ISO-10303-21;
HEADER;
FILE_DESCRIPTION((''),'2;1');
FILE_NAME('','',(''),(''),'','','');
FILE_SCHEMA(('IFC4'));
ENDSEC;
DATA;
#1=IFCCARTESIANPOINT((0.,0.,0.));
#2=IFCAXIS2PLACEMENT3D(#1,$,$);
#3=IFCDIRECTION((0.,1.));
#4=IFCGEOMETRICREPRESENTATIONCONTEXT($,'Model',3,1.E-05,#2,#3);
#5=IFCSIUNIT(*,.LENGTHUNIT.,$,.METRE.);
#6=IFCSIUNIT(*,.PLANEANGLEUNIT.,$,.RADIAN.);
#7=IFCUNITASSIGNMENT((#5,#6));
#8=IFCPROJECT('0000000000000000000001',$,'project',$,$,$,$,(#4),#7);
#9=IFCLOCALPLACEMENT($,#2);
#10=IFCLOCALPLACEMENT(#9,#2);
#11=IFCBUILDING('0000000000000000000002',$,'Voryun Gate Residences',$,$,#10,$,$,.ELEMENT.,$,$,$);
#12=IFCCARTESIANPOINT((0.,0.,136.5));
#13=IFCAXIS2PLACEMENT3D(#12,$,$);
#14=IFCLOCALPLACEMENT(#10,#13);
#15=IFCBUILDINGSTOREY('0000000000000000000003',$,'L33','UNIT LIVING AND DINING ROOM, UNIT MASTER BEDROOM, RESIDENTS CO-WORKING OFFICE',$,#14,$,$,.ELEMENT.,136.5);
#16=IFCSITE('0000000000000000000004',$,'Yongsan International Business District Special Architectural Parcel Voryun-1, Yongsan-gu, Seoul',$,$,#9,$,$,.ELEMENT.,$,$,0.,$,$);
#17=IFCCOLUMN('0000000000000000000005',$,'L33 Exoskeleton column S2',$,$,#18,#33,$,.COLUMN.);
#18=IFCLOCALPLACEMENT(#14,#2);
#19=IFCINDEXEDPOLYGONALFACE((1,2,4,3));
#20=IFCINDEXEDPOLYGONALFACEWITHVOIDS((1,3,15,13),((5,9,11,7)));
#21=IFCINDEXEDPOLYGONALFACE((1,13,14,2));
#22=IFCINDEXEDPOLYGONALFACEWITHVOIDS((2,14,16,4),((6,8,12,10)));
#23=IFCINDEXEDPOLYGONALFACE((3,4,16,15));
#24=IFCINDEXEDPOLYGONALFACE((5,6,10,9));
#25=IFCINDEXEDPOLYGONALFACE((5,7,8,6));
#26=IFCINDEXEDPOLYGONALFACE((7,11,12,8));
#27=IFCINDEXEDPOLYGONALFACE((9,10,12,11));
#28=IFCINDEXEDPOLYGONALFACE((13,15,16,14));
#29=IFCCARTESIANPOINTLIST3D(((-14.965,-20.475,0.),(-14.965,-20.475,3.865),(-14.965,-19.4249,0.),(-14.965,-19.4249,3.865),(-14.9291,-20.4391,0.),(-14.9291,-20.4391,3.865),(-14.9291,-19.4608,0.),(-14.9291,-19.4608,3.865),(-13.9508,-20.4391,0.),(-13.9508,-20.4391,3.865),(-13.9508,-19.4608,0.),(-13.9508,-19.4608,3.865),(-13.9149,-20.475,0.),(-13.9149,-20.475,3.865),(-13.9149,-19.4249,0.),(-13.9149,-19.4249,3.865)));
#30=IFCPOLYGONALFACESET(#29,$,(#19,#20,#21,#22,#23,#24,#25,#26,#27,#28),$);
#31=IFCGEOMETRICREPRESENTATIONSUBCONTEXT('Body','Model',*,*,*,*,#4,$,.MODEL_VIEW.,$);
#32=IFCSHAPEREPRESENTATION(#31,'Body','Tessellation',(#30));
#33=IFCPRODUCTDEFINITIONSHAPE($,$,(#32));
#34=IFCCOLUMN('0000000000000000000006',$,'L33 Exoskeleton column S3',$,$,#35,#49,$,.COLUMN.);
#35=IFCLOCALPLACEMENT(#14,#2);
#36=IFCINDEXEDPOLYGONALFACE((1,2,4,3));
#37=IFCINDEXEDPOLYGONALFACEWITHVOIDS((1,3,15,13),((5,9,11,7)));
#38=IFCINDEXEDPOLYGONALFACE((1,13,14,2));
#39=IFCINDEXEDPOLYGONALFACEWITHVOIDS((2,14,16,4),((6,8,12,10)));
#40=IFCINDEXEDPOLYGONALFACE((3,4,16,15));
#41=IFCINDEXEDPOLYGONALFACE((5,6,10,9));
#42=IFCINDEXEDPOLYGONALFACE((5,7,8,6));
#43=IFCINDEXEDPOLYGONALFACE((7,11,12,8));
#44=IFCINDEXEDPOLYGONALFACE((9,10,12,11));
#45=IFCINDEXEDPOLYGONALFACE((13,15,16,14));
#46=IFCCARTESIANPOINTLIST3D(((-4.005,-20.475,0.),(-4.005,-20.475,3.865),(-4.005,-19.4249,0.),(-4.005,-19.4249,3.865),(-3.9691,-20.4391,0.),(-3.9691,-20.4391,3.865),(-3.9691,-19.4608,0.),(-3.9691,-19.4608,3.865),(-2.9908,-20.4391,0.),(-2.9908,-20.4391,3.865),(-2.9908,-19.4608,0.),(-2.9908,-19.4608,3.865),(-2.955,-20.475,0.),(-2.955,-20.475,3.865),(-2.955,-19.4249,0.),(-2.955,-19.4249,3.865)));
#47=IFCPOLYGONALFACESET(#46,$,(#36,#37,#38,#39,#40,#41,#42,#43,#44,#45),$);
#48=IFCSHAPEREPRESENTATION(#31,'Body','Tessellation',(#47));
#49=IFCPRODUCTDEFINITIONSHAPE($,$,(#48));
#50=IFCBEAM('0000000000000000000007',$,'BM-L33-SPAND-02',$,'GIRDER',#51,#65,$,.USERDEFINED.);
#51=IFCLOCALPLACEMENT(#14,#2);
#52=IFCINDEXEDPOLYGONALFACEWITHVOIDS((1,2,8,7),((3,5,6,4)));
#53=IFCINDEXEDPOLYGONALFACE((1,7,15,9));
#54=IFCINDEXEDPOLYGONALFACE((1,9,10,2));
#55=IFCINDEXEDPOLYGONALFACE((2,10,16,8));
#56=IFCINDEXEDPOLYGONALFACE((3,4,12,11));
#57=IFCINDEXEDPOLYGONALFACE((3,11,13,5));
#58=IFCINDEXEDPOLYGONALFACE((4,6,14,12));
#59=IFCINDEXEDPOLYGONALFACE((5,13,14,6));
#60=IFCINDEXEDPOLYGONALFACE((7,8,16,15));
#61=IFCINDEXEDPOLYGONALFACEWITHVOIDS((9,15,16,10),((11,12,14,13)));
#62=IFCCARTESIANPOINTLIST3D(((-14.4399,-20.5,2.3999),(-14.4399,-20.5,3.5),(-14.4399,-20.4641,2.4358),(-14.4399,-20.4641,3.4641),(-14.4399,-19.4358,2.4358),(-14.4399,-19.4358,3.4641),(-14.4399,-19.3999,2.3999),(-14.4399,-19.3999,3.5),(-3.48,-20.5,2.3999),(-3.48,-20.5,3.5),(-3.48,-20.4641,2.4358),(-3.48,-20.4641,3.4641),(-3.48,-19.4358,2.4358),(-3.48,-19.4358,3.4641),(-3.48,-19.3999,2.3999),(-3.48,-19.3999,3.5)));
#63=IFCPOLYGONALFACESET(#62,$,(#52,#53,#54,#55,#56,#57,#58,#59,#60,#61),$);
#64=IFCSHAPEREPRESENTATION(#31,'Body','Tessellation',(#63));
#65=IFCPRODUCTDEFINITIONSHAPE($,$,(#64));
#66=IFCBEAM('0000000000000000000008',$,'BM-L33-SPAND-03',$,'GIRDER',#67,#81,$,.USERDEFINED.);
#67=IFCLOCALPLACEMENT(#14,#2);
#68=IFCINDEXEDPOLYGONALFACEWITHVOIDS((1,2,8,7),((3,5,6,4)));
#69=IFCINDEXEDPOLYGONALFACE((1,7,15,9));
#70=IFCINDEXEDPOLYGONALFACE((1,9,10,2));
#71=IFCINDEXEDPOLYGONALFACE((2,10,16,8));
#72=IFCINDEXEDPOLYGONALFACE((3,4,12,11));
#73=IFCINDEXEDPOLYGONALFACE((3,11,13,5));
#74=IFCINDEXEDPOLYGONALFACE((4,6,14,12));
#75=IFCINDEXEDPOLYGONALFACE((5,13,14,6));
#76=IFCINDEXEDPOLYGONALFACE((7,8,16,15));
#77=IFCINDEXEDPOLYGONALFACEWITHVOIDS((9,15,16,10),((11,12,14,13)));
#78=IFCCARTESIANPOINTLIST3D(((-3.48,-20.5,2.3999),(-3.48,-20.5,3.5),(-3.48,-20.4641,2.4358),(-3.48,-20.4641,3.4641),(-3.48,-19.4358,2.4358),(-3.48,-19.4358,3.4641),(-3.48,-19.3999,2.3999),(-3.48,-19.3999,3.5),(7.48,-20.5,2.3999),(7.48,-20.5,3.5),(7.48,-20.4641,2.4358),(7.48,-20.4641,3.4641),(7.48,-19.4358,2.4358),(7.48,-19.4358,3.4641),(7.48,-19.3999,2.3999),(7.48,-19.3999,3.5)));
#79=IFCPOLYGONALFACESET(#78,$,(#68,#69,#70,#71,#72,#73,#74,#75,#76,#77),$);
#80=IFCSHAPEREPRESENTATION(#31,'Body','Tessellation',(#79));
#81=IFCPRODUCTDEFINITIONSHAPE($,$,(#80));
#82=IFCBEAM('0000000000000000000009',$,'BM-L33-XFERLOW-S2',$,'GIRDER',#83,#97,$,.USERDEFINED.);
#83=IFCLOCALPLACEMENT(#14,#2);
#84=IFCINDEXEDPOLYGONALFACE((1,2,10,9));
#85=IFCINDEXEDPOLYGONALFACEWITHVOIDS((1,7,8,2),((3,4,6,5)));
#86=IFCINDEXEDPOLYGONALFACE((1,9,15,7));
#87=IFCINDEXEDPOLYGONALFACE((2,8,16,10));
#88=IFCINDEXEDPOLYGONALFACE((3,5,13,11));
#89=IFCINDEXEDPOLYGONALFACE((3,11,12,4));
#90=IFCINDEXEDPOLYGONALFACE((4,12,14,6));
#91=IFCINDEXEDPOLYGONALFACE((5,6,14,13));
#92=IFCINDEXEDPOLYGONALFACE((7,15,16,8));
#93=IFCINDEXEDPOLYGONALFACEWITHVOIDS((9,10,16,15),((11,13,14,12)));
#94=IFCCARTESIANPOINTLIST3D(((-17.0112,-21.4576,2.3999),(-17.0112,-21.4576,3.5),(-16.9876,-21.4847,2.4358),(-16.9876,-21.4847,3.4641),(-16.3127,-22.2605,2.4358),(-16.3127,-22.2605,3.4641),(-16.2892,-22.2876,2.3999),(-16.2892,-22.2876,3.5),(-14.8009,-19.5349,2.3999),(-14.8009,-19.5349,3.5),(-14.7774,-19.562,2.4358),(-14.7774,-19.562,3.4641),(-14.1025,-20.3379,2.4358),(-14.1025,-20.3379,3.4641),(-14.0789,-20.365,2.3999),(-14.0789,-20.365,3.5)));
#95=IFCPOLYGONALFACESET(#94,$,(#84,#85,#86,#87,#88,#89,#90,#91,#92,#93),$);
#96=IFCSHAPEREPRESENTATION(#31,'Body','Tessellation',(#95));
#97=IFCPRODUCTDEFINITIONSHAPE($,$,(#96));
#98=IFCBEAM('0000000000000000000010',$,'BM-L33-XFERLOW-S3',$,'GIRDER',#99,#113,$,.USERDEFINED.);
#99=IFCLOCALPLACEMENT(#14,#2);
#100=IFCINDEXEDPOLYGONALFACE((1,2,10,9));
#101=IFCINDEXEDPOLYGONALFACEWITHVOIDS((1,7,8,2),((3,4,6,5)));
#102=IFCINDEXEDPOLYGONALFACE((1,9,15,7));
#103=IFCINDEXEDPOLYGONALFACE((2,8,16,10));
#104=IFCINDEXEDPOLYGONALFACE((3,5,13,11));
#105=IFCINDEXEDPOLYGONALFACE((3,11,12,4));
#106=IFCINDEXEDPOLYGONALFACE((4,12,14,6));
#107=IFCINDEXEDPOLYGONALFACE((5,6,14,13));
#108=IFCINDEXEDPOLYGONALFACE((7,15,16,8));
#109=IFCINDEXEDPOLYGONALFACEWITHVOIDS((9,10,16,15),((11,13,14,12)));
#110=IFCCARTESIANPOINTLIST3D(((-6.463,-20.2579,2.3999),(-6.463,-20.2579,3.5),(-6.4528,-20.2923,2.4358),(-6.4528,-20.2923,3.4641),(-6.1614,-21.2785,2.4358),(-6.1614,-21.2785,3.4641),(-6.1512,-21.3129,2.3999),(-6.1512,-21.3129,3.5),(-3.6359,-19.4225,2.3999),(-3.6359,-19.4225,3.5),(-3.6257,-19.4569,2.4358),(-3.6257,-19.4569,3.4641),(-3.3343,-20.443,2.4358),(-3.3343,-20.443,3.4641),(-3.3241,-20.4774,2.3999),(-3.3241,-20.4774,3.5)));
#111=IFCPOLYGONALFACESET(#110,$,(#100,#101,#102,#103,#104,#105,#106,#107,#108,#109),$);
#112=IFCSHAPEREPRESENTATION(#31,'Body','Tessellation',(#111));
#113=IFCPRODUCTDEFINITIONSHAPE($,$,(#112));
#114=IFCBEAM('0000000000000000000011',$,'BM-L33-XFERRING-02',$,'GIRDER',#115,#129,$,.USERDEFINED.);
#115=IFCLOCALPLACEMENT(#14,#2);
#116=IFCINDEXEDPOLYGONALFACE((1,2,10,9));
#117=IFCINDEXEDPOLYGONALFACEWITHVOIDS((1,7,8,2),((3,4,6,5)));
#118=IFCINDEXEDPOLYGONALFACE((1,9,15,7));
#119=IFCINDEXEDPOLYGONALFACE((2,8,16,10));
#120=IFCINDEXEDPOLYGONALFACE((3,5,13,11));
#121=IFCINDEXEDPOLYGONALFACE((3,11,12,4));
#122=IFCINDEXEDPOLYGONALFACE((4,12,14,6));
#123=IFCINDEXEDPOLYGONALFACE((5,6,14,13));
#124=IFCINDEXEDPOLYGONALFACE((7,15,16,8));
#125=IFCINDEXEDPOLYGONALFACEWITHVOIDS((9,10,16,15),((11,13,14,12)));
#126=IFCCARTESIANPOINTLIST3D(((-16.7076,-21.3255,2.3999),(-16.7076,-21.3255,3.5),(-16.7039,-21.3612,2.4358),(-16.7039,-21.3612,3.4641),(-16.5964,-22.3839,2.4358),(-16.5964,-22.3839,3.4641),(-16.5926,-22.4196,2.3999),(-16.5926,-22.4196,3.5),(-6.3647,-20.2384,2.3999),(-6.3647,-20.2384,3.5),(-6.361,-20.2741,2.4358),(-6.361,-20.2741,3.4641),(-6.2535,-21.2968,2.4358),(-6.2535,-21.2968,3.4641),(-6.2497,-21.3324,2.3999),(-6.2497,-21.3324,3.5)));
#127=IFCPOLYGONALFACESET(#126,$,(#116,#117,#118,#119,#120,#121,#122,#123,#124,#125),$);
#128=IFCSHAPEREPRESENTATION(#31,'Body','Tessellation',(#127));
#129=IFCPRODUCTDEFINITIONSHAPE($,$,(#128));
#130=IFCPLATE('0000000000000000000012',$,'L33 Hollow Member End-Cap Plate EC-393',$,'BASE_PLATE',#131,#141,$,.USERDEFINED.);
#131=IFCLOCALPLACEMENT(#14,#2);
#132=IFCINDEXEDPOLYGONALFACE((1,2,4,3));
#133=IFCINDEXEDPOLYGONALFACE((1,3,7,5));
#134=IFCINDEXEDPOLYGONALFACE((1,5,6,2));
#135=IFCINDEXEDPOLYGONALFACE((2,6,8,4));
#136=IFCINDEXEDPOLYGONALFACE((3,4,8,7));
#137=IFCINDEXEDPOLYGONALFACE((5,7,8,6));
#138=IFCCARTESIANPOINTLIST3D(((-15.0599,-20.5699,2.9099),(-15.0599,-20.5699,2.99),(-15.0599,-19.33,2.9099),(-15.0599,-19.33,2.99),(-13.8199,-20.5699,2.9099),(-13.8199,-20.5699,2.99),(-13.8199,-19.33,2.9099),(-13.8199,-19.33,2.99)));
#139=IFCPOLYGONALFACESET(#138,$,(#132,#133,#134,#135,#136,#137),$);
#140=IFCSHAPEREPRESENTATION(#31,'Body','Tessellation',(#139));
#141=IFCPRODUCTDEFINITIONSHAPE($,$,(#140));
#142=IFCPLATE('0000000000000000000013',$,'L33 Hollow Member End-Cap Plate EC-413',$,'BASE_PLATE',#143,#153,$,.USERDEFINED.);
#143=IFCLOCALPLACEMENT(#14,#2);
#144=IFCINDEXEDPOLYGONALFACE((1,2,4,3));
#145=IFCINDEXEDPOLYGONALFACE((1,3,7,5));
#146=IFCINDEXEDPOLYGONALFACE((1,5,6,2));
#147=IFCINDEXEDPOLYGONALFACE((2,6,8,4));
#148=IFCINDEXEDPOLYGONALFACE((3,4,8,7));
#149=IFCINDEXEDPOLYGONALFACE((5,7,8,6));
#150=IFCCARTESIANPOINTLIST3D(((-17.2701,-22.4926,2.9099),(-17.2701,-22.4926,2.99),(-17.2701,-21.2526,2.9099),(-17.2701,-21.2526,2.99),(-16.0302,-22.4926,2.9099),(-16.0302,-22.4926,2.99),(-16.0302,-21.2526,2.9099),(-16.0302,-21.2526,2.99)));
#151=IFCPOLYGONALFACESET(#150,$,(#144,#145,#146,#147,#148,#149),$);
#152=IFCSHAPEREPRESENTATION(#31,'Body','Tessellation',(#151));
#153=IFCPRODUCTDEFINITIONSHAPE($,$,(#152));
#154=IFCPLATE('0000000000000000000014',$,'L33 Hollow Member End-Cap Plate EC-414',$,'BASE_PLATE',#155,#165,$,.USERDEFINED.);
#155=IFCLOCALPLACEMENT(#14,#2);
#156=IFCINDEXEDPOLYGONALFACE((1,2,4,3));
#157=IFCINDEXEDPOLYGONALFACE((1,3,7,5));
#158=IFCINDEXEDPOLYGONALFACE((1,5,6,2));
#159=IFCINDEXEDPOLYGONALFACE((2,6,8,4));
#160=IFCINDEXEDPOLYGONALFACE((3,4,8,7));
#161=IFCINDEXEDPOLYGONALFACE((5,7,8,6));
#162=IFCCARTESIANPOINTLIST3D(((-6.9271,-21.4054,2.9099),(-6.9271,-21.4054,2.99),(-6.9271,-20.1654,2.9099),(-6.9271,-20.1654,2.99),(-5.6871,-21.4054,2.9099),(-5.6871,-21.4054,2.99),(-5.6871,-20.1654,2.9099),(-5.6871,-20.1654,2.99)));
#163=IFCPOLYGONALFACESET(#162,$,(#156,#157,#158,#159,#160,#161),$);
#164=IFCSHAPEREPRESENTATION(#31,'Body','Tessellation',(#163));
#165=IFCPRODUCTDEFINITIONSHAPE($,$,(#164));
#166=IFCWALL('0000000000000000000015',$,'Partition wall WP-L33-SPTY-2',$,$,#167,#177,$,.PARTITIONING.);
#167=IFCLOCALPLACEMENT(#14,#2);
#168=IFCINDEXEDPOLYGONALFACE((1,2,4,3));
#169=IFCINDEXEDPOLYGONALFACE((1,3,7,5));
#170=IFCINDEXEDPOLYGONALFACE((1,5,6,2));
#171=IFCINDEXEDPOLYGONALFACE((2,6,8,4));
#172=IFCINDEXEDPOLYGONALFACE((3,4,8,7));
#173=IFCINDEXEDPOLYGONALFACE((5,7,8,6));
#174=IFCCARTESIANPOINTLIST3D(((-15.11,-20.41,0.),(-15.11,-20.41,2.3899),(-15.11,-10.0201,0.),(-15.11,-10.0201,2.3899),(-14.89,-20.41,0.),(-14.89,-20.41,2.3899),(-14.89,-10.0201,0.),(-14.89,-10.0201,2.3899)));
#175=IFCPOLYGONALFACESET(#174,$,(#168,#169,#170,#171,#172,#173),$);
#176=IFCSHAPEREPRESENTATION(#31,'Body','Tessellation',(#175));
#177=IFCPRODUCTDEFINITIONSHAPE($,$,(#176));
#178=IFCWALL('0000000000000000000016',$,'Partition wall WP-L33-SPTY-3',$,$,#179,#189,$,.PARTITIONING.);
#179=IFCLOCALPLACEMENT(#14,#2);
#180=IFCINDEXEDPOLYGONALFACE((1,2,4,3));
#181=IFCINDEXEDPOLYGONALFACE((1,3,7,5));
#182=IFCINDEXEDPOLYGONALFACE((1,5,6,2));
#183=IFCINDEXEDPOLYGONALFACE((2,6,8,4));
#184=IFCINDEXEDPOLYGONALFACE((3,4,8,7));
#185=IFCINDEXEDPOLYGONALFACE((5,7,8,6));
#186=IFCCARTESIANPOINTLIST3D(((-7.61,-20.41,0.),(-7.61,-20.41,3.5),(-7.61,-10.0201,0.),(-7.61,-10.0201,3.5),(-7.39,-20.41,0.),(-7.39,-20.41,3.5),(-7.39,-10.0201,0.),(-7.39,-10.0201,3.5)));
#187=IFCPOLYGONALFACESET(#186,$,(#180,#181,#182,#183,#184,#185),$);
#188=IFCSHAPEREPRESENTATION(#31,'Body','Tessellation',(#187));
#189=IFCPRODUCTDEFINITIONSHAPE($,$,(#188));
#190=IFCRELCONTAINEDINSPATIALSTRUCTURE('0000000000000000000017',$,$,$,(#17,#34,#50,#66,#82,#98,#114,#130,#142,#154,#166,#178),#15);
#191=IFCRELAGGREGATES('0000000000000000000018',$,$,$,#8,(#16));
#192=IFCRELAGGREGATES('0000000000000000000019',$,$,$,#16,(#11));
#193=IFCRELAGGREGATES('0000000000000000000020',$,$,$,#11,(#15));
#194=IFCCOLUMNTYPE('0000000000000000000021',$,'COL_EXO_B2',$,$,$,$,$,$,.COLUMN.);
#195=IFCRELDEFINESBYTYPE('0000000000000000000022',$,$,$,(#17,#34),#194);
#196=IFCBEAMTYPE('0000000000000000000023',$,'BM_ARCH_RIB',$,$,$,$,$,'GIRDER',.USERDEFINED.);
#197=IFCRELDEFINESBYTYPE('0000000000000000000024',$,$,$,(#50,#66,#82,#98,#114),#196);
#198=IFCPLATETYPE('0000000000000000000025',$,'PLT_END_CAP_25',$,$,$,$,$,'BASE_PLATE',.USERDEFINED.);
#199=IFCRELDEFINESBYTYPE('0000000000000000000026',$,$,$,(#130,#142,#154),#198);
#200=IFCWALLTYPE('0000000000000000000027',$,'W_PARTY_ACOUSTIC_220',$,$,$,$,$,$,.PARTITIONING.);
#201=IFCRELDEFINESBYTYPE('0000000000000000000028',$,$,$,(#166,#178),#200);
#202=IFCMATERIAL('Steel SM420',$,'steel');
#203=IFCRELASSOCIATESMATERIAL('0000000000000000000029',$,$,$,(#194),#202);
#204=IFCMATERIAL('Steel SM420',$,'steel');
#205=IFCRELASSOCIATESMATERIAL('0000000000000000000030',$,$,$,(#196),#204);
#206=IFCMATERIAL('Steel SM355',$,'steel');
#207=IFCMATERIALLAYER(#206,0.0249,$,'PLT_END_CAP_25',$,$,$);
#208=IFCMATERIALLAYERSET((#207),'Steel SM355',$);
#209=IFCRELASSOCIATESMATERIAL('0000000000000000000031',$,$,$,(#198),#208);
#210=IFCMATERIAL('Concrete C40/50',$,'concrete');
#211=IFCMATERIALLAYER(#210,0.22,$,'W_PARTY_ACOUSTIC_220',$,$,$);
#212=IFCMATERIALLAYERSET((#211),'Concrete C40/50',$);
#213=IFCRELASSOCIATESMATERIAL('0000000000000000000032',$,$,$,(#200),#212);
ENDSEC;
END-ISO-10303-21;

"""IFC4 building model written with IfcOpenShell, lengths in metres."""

from ifc_helpers import new_model, si_unit, direction, frame, frame_2d, origin, origin_2d, place, context, subcontext, project, spatial, rectangle, hollow_rectangle, extrude, material, layer, layer_set, material_profile, profile_set, type_object, element, save


model = new_model("IFC4")

# Units and contexts
model_context = context("Model", 3, precision=1e-05, world=origin(), true_north=direction((0.0, 1.0)))
body_context = subcontext(model_context, "Body", "Model", "MODEL_VIEW")
ifc_project = project(units=[si_unit("LENGTHUNIT", "METRE"), si_unit("PLANEANGLEUNIT", "RADIAN")], contexts=[model_context])

# Site, building, storey
site_placement = place(None, origin())
site = spatial("IfcSite", under=ifc_project, at=site_placement, Name="Yongsan International Business District Special Architectural Parcel Voryun-1, Yongsan-gu, Seoul", CompositionType="ELEMENT", RefElevation=0.0)
building_placement = place(site_placement, origin())
building = spatial("IfcBuilding", under=site, at=building_placement, Name="Voryun Gate Residences", CompositionType="ELEMENT")
storey_placement = place(building_placement, frame((0.0, 0.0, 136.5)))
storey = spatial("IfcBuildingStorey", under=building, at=storey_placement, Name="L33", Description="UNIT LIVING AND DINING ROOM, UNIT MASTER BEDROOM, RESIDENTS CO-WORKING OFFICE", CompositionType="ELEMENT", Elevation=136.5)

# Columns
ifc_material_1 = material(Name="Steel SM420", Category="steel")
ifc_material_profile_1 = material_profile(ifc_material_1, hollow_rectangle(XDim=1.05, YDim=1.05, WallThickness=0.0359, at=origin_2d()), Name="BOX-1050x1050x36")
ifc_profile_set_1 = profile_set([ifc_material_profile_1], Name="Steel SM420")
column_type = type_object("IfcColumnType", Name="COL_EXO_B2", PredefinedType="COLUMN", material=ifc_profile_set_1)
for number, where, z_axis, x_axis, name in (
    (1, (-14.4399, -19.95, 0.0), (0.0, 0.0, 1.0), (1.0, 0.0, 0.0), "L33 Exoskeleton column S2"),
    (2, (-3.48, -19.95, 0.0), (0.0, 0.0, 1.0), (1.0, 0.0, 0.0), "L33 Exoskeleton column S3"),
):
    element("IfcColumn", number, at=place(storey_placement, frame(where, z_axis=z_axis, x_axis=x_axis)), inside=storey, type_object=column_type, Name=name, PredefinedType="COLUMN", context=body_context, shape_type="SweptSolid", body=[
        extrude(hollow_rectangle(XDim=1.05, YDim=1.05, WallThickness=0.0359, at=origin_2d()), origin(), (0.0, 0.0, 1.0), 3.865),
    ])

# Beams
ifc_material_2 = material(Name="Steel SM420", Category="steel")
ifc_material_profile_2 = material_profile(ifc_material_2, hollow_rectangle(XDim=1.1001, YDim=1.1001, WallThickness=0.0359, at=origin_2d()), Name="BOX-1100x1100x36")
ifc_profile_set_2 = profile_set([ifc_material_profile_2], Name="Steel SM420")
beam_type = type_object("IfcBeamType", Name="BM_ARCH_RIB", ElementType="GIRDER", PredefinedType="USERDEFINED", material=ifc_profile_set_2)
for number, where, z_axis, x_axis, name in (
    (3, (-14.4399, -19.95, 2.95), (1.0, 0.0, 0.0), (0.0, 1.0, 0.0), "BM-L33-SPAND-02"),
    (4, (-3.48, -19.95, 2.95), (1.0, 0.0, 0.0), (0.0, 1.0, 0.0), "BM-L33-SPAND-03"),
):
    element("IfcBeam", number, at=place(storey_placement, frame(where, z_axis=z_axis, x_axis=x_axis)), inside=storey, type_object=beam_type, Name=name, ObjectType="GIRDER", PredefinedType="USERDEFINED", context=body_context, shape_type="SweptSolid", body=[
        extrude(hollow_rectangle(XDim=1.1001, YDim=1.1001, WallThickness=0.0359, at=origin_2d()), origin(), (0.0, 0.0, 1.0), 10.96),
    ])
beam_1_placement = place(storey_placement, frame((-14.4399, -19.95, 2.95), z_axis=(-0.754489, -0.656313, 0.0), x_axis=(0.656313, -0.754489, 0.0)))
element("IfcBeam", 5, at=beam_1_placement, inside=storey, type_object=beam_type, Name="BM-L33-XFERLOW-S2", ObjectType="GIRDER", PredefinedType="USERDEFINED", context=body_context, shape_type="SweptSolid", body=[
    extrude(hollow_rectangle(XDim=1.1001, YDim=1.1001, WallThickness=0.0359, at=origin_2d()), origin(), (0.0, 0.0, 1.0), 2.9294),
])
beam_2_placement = place(storey_placement, frame((-3.48, -19.95, 2.95), z_axis=(-0.959003, -0.283395, 0.0), x_axis=(0.283395, -0.959003, 0.0)))
element("IfcBeam", 6, at=beam_2_placement, inside=storey, type_object=beam_type, Name="BM-L33-XFERLOW-S3", ObjectType="GIRDER", PredefinedType="USERDEFINED", context=body_context, shape_type="SweptSolid", body=[
    extrude(hollow_rectangle(XDim=1.1001, YDim=1.1001, WallThickness=0.0359, at=origin_2d()), origin(), (0.0, 0.0, 1.0), 2.948),
])
beam_3_placement = place(storey_placement, frame((-16.6501, -21.8726, 2.95), z_axis=(0.994521, 0.104534, 0.0), x_axis=(-0.104534, 0.994521, 0.0)))
element("IfcBeam", 7, at=beam_3_placement, inside=storey, type_object=beam_type, Name="BM-L33-XFERRING-02", ObjectType="GIRDER", PredefinedType="USERDEFINED", context=body_context, shape_type="SweptSolid", body=[
    extrude(hollow_rectangle(XDim=1.1001, YDim=1.1001, WallThickness=0.0359, at=origin_2d()), origin(), (0.0, 0.0, 1.0), 10.3999),
])

# Plates
ifc_material_3 = material(Name="Steel SM355", Category="steel")
ifc_layer_1 = layer(ifc_material_3, 0.0249, Name="PLT_END_CAP_25")
ifc_layer_set_1 = layer_set([ifc_layer_1], Name="Steel SM355")
plate_type = type_object("IfcPlateType", Name="PLT_END_CAP_25", ElementType="BASE_PLATE", PredefinedType="USERDEFINED", material=ifc_layer_set_1)
for number, where, z_axis, x_axis, name in (
    (8, (-14.4399, -19.95, 2.9099), (0.0, 0.0, 1.0), (1.0, 0.0, 0.0), "L33 Hollow Member End-Cap Plate EC-393"),
    (9, (-16.6501, -21.8726, 2.9099), (0.0, 0.0, 1.0), (1.0, 0.0, 0.0), "L33 Hollow Member End-Cap Plate EC-413"),
    (10, (-6.3071, -20.7854, 2.9099), (0.0, 0.0, 1.0), (1.0, 0.0, 0.0), "L33 Hollow Member End-Cap Plate EC-414"),
):
    element("IfcPlate", number, at=place(storey_placement, frame(where, z_axis=z_axis, x_axis=x_axis)), inside=storey, type_object=plate_type, Name=name, ObjectType="BASE_PLATE", PredefinedType="USERDEFINED", context=body_context, shape_type="SweptSolid", body=[
        extrude(rectangle(XDim=1.24, YDim=1.24, at=origin_2d()), origin(), (0.0, 0.0, 1.0), 0.0801),
    ])

# Walls
ifc_material_4 = material(Name="Concrete C40/50", Category="concrete")
ifc_layer_2 = layer(ifc_material_4, 0.22, Name="W_PARTY_ACOUSTIC_220")
ifc_layer_set_2 = layer_set([ifc_layer_2], Name="Concrete C40/50")
wall_type_1 = type_object("IfcWallType", Name="W_PARTY_ACOUSTIC_220", PredefinedType="PARTITIONING", material=ifc_layer_set_2)
wall_1_placement = place(storey_placement, frame((-15.0, -20.4099, 0.0), z_axis=(0.0, 0.0, 1.0), x_axis=(0.0, 1.0, 0.0)))
element("IfcWall", 11, at=wall_1_placement, inside=storey, type_object=wall_type_1, Name="Partition wall WP-L33-SPTY-2", PredefinedType="PARTITIONING", context=body_context, shape_type="SweptSolid", body=[
    extrude(rectangle(XDim=10.3899, YDim=0.22, at=frame_2d((5.1948, 0.0))), origin(), (0.0, 0.0, 1.0), 2.3899),
])
wall_2_placement = place(storey_placement, frame((-7.5, -20.4099, 0.0), z_axis=(0.0, 0.0, 1.0), x_axis=(0.0, 1.0, 0.0)))
element("IfcWall", 12, at=wall_2_placement, inside=storey, type_object=wall_type_1, Name="Partition wall WP-L33-SPTY-3", PredefinedType="PARTITIONING", context=body_context, shape_type="SweptSolid", body=[
    extrude(rectangle(XDim=10.3899, YDim=0.22, at=frame_2d((5.1948, 0.0))), origin(), (0.0, 0.0, 1.0), 3.5),
])

save(model, "model.ifc")
